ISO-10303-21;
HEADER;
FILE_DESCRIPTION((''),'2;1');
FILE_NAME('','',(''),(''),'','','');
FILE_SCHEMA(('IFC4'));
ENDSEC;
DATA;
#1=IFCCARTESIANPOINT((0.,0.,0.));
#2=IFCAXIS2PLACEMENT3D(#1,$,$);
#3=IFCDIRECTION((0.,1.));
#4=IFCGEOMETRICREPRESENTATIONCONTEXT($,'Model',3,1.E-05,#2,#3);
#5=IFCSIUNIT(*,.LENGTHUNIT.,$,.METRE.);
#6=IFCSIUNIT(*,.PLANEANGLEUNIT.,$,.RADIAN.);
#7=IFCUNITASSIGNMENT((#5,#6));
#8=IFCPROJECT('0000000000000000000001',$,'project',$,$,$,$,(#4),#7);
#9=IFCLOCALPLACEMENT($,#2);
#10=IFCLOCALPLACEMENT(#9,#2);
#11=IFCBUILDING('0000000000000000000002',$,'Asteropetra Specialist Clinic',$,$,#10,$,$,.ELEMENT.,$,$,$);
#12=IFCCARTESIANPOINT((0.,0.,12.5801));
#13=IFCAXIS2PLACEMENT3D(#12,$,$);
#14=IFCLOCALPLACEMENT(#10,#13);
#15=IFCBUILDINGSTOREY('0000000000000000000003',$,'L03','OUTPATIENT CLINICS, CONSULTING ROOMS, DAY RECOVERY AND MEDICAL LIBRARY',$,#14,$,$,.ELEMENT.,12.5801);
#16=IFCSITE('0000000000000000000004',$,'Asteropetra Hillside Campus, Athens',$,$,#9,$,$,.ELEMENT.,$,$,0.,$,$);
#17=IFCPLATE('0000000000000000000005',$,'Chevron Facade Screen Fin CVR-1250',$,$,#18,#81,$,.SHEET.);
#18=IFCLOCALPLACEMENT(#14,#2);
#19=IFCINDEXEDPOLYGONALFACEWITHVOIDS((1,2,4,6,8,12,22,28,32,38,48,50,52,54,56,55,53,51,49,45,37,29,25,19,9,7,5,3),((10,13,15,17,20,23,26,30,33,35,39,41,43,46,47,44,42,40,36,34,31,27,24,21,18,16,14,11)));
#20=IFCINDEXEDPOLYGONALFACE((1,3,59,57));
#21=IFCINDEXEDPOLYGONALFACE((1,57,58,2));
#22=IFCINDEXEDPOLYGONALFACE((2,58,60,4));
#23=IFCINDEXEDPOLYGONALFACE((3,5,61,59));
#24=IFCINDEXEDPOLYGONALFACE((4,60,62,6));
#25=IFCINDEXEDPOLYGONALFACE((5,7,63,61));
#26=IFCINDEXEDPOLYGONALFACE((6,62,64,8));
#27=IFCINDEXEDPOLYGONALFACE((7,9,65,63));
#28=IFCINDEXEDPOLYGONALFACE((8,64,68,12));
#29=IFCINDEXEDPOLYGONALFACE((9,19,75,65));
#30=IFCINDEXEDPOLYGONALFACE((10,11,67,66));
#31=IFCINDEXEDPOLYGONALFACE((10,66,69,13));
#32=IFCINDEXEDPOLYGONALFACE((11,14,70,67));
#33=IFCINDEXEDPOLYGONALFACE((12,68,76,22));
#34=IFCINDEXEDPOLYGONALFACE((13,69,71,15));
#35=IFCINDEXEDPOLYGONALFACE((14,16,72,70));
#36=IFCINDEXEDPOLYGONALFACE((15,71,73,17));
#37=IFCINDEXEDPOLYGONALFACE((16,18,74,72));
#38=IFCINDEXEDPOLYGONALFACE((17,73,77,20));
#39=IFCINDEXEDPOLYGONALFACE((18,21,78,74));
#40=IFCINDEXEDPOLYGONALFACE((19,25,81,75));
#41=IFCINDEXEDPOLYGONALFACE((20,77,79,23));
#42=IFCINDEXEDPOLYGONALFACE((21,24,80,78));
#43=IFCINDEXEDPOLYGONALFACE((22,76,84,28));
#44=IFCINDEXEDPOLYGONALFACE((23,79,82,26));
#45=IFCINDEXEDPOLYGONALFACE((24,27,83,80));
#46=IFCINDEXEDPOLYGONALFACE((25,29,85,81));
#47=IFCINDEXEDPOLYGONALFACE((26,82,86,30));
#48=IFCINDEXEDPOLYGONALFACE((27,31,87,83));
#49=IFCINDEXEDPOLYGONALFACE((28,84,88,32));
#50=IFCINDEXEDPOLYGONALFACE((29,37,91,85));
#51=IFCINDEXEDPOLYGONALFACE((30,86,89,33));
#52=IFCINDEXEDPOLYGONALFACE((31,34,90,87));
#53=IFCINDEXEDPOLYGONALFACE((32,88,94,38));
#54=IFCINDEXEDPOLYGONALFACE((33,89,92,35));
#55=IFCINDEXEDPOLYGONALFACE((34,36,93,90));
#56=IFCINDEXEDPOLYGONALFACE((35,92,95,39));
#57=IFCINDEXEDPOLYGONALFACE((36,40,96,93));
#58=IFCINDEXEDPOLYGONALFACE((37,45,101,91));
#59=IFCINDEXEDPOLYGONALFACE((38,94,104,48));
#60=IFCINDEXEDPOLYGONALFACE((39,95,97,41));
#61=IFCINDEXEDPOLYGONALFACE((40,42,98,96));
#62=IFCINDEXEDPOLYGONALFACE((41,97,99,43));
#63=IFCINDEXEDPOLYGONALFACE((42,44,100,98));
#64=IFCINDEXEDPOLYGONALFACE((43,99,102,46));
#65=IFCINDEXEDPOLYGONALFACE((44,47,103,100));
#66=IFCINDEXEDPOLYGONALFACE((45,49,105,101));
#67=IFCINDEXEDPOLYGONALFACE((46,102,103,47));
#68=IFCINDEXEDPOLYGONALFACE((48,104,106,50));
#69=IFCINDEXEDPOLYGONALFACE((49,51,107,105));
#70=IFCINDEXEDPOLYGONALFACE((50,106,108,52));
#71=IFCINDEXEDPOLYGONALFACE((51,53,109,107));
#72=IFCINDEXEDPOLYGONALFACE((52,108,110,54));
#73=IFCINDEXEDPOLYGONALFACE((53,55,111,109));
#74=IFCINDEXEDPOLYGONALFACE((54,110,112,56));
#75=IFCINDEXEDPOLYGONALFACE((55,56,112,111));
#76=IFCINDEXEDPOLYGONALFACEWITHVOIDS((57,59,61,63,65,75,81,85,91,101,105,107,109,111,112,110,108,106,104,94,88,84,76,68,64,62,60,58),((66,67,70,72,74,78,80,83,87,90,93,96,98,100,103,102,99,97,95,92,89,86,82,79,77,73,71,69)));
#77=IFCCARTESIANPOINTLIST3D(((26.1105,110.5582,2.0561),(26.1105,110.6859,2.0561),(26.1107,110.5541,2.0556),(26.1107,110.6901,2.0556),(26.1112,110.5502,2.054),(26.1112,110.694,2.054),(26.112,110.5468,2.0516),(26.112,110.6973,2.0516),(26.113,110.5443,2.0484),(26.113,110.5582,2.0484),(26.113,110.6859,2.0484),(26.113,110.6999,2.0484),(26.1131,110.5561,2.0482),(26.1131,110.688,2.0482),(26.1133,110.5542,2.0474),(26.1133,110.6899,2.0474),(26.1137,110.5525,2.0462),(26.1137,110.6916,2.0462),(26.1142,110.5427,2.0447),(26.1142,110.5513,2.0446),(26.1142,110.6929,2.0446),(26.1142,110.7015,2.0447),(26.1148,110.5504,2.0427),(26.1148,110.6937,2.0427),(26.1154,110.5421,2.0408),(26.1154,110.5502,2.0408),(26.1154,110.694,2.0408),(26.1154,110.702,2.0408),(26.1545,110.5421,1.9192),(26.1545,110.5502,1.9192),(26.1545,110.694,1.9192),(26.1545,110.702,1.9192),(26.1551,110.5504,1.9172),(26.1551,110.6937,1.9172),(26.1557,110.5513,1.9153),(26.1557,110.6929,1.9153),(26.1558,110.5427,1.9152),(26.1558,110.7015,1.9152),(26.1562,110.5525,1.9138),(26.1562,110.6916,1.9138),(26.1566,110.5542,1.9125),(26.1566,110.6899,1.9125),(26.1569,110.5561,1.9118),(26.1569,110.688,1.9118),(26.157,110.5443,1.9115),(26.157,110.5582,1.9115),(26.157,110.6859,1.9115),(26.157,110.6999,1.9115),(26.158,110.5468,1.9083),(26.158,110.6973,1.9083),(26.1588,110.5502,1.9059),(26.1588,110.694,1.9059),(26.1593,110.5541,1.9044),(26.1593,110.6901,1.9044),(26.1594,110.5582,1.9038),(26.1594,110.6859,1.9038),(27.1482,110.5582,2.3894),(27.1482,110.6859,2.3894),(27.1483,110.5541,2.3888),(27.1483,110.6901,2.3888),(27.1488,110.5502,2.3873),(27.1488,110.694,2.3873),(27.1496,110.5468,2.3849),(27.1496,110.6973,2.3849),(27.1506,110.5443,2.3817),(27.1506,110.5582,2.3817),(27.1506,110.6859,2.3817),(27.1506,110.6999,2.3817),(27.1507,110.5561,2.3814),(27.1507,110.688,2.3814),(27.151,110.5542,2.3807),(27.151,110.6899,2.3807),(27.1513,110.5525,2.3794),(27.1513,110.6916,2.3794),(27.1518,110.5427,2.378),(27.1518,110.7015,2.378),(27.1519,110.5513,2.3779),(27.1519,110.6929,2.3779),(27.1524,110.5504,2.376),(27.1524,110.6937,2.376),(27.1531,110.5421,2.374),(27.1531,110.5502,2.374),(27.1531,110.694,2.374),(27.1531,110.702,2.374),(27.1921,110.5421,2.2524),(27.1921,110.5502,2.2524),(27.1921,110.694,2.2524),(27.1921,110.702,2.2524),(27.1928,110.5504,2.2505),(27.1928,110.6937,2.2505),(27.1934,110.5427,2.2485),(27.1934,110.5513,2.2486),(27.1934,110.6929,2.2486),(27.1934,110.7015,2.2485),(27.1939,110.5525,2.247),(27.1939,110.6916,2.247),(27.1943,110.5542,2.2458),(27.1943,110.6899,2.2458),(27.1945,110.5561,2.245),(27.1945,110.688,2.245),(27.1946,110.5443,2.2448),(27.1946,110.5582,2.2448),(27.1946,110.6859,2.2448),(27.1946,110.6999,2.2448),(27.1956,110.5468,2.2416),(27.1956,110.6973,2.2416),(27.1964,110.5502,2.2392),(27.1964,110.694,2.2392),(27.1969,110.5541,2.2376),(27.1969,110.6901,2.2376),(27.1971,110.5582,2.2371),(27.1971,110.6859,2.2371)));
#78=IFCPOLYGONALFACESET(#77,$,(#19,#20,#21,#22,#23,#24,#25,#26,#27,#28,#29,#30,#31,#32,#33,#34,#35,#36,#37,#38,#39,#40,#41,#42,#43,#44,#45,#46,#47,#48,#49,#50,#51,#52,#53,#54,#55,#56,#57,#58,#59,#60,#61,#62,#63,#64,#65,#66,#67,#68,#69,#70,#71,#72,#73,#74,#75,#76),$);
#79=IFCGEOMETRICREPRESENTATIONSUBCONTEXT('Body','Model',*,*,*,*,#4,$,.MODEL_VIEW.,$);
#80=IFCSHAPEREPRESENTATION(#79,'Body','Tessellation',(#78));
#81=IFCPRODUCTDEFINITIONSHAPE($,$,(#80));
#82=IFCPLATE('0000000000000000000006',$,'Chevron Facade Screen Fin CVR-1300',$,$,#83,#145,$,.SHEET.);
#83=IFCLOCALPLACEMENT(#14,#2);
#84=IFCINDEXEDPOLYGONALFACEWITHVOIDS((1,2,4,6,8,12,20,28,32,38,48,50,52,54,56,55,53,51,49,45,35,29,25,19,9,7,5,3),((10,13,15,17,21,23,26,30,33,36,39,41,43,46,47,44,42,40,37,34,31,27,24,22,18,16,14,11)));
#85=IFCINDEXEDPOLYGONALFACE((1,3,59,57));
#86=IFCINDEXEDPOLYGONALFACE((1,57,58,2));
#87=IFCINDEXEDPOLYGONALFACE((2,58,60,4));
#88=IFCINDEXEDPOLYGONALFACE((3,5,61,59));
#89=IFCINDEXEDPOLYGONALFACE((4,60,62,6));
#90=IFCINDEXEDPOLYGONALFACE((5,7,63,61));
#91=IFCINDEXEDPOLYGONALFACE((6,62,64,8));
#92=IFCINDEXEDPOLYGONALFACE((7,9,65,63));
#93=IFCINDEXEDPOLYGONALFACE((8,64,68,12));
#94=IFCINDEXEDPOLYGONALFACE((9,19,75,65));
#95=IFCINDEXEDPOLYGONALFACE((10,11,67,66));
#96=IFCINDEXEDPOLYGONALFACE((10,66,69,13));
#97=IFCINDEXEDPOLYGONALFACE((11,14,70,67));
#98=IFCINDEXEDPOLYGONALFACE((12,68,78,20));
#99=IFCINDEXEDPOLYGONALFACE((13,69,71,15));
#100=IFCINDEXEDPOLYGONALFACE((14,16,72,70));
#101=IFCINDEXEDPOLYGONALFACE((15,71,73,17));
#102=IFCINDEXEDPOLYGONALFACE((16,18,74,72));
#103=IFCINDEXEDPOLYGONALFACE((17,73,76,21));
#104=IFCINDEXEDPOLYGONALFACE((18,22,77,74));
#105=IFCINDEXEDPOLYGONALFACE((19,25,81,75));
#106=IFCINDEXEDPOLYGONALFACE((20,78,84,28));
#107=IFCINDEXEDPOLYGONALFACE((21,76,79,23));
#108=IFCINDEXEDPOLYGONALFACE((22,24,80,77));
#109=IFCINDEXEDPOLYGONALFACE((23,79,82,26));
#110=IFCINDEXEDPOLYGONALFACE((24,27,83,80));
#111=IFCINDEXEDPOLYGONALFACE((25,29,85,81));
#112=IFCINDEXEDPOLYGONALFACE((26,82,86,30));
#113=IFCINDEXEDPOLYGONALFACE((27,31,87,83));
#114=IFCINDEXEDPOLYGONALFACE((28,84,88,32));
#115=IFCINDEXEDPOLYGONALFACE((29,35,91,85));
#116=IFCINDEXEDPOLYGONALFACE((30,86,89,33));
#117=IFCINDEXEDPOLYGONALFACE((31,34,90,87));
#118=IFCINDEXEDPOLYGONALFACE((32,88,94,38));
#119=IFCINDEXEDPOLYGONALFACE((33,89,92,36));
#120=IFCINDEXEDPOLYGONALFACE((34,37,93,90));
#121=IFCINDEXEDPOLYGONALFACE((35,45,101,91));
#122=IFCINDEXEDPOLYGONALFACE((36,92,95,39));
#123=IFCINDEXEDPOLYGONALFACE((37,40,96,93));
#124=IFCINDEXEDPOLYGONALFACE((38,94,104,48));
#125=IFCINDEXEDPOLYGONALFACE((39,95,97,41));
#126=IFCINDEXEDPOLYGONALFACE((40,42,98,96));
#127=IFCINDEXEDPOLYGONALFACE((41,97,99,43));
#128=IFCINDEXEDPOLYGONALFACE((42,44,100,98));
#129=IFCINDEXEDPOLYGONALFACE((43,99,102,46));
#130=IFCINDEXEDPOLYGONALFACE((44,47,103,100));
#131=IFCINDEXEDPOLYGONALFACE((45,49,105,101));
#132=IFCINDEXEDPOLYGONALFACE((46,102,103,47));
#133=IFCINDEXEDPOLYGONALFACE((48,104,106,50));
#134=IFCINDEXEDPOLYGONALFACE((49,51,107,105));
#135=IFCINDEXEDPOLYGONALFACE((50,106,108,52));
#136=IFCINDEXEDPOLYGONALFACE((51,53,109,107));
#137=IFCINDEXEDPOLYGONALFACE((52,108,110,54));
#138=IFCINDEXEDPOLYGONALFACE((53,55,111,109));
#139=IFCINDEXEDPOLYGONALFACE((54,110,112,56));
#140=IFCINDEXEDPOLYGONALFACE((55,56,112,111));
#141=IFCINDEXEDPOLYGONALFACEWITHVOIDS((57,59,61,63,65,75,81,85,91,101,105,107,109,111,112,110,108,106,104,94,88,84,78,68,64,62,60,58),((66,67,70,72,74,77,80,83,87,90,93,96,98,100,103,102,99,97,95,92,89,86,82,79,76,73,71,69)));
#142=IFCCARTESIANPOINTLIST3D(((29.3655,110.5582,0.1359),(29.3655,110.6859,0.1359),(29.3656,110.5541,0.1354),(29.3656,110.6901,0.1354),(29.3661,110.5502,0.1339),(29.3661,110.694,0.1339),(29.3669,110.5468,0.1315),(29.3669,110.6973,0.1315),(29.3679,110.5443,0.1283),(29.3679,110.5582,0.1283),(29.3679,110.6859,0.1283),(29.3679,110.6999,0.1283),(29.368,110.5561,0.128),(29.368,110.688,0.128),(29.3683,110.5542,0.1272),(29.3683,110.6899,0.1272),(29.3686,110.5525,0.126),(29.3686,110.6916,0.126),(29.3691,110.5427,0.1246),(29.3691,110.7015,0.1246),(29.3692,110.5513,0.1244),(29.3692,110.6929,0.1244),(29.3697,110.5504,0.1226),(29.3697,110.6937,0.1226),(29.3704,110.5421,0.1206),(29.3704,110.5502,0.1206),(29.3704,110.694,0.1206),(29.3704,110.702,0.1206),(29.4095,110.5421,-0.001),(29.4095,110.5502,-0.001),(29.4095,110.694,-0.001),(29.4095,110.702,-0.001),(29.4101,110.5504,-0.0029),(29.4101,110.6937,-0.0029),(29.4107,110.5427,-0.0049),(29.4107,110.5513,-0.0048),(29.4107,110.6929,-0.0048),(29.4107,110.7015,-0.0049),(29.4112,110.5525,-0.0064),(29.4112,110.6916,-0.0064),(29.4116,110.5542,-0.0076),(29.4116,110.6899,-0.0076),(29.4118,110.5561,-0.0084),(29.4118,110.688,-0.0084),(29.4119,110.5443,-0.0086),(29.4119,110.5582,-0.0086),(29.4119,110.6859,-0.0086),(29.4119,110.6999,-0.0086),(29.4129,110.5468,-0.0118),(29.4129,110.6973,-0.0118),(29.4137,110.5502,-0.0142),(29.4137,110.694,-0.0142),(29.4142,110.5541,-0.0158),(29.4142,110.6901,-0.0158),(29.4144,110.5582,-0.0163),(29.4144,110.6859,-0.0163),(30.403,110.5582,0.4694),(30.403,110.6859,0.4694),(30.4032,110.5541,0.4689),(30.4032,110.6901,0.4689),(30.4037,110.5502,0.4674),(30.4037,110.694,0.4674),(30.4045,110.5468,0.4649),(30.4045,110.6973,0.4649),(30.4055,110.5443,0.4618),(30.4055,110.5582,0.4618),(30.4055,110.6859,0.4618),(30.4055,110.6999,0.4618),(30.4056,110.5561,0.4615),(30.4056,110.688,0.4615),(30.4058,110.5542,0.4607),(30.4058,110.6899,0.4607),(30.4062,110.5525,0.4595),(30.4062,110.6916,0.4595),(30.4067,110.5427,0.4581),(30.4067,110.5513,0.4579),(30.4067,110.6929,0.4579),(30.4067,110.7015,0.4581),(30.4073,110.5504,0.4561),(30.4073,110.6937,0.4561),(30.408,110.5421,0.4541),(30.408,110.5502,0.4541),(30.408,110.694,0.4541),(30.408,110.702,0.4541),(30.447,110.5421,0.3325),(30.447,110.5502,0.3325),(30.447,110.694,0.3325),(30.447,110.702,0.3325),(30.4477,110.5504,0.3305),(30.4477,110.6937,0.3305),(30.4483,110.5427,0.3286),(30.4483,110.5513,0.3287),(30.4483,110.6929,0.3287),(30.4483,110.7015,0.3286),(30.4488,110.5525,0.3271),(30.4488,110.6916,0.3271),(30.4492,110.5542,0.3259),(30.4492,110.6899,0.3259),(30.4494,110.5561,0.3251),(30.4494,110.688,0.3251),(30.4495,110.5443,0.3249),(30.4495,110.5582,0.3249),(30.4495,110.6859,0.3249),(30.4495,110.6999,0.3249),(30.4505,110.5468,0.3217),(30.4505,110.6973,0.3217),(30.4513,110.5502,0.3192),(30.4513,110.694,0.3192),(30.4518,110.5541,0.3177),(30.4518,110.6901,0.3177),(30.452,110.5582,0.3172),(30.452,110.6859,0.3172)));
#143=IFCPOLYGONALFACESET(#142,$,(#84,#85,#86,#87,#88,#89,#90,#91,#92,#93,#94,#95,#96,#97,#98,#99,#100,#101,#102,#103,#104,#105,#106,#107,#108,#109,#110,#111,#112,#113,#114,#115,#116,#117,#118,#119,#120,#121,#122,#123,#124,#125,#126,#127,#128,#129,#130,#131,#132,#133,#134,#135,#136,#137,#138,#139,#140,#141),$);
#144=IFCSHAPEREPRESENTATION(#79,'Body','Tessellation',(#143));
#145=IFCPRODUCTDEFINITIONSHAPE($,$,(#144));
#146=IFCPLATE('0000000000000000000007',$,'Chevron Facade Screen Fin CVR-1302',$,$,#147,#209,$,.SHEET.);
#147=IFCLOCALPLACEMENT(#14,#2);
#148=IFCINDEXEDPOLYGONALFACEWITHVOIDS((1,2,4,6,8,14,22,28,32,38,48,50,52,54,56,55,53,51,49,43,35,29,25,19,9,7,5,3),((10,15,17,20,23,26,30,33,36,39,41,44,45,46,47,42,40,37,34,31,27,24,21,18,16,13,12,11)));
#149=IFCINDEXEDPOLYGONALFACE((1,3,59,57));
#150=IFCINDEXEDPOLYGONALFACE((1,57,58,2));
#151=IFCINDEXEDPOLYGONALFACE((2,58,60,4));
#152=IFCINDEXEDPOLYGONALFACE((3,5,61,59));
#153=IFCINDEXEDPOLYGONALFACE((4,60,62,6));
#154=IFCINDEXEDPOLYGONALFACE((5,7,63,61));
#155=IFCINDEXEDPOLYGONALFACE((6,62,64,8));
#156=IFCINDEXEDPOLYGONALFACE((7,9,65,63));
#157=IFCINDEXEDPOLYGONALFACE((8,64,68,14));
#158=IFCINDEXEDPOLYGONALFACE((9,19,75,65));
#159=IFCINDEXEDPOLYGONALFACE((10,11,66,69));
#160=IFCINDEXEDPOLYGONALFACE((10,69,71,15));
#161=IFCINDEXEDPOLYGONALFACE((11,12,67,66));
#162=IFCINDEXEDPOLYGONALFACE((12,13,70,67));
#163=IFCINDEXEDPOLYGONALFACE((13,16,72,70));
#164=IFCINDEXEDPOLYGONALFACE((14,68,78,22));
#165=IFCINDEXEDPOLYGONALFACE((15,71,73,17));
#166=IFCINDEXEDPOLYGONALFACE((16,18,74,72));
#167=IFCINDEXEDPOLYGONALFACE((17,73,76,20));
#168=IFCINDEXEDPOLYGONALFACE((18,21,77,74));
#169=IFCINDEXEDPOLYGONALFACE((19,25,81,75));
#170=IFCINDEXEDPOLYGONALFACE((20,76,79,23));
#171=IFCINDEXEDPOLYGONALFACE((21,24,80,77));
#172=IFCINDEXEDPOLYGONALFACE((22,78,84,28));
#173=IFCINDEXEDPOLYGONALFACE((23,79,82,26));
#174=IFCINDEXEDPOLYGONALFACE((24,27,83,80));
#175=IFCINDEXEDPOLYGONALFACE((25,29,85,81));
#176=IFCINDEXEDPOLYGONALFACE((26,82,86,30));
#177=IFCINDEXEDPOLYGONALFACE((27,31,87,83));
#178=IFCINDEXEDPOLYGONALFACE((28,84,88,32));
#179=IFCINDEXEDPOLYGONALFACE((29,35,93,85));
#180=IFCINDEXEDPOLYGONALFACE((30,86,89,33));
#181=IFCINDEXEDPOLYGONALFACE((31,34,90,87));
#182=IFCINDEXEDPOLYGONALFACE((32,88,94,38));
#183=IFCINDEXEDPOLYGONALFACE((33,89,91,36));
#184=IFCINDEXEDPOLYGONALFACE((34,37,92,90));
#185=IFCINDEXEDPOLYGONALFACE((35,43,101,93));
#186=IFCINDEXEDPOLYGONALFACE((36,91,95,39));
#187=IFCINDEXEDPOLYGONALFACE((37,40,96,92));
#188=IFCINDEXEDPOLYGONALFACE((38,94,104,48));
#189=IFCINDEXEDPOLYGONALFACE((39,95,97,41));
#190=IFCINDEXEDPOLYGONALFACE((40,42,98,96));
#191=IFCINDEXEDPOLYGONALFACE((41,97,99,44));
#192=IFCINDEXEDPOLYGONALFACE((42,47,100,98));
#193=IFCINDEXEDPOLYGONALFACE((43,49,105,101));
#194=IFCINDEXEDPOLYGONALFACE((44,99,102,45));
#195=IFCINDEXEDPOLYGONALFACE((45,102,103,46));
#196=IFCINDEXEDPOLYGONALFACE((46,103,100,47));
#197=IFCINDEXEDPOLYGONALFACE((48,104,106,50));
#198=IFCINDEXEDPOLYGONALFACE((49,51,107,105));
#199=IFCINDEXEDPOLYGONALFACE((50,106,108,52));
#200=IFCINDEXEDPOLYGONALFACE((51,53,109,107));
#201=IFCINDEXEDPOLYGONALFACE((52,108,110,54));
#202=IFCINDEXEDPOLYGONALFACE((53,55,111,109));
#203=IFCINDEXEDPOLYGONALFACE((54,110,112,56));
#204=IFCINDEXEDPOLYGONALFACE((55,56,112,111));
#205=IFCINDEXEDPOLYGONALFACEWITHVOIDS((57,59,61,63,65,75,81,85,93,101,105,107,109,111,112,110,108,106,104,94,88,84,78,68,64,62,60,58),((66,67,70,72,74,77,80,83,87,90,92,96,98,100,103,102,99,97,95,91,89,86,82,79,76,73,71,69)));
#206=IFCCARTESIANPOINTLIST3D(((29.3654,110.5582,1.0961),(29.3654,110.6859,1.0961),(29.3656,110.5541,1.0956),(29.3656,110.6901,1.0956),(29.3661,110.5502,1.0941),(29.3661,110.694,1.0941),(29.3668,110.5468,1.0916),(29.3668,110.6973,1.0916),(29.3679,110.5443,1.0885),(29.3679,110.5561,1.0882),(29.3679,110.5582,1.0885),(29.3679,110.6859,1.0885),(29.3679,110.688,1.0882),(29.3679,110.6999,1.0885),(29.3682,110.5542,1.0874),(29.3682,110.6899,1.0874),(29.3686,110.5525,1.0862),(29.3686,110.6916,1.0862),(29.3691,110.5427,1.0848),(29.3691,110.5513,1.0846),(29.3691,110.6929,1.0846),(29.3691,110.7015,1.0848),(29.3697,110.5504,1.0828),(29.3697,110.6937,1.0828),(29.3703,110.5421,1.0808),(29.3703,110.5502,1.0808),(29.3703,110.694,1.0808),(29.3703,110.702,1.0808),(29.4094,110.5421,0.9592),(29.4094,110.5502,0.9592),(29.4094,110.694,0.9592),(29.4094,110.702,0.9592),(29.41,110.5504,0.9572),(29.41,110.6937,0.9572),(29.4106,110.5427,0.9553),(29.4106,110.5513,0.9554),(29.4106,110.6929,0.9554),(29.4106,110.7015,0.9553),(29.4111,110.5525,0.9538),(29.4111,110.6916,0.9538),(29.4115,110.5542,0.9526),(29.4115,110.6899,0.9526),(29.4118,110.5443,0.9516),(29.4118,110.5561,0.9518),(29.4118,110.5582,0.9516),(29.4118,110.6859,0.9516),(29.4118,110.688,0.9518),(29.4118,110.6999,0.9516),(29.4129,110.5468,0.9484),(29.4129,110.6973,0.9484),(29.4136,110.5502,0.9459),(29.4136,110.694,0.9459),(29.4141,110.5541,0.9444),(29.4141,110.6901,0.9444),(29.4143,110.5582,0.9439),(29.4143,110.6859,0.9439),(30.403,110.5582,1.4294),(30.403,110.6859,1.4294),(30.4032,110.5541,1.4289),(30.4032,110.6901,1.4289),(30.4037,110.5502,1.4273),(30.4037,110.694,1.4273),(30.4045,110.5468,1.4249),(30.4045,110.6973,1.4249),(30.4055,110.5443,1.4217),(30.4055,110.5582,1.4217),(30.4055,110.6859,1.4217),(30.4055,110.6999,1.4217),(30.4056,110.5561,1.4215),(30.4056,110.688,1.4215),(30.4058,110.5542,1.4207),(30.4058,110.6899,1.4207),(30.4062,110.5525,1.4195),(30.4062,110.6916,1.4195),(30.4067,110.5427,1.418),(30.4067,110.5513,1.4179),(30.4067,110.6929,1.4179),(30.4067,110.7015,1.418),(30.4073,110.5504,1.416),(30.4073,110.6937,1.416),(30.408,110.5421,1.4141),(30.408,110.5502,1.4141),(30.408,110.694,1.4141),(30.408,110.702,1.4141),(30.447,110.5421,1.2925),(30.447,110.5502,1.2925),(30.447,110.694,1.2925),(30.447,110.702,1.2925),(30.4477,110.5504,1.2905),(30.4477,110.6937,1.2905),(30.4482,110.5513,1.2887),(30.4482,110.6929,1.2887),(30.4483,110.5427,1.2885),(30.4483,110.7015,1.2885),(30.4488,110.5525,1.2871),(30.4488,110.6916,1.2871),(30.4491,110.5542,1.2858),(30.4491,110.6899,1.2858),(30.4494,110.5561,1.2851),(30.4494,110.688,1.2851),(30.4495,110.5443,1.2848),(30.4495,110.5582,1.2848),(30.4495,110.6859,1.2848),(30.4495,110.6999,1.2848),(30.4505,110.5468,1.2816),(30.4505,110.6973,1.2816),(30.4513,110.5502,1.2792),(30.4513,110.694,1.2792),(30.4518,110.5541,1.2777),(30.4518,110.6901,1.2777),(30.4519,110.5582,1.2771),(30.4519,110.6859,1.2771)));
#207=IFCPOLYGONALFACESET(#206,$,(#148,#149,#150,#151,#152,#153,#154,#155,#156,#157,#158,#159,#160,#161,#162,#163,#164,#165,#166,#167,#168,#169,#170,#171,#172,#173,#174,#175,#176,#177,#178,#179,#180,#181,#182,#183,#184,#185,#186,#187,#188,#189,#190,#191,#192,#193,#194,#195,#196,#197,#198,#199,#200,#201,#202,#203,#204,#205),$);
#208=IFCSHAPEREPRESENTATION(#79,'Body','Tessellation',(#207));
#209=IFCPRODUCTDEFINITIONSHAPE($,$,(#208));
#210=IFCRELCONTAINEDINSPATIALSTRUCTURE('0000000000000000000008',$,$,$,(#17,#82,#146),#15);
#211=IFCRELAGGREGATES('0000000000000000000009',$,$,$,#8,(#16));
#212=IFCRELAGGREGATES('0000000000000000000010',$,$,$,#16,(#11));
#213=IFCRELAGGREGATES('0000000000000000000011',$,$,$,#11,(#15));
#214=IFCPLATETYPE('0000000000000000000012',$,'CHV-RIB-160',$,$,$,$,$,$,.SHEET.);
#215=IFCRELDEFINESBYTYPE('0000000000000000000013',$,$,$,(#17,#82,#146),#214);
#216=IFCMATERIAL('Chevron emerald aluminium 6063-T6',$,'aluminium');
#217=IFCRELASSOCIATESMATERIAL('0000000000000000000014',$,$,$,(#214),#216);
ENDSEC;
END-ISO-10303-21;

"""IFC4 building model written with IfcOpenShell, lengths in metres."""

from ifc_helpers import new_model, si_unit, direction, frame, origin, origin_2d, place, context, subcontext, project, spatial, hollow_rectangle, extrude, material, material_profile, profile_set, type_object, element, save


model = new_model("IFC4")

# Units and contexts
model_context = context("Model", 3, precision=1e-05, world=origin(), true_north=direction((0.0, 1.0)))
body_context = subcontext(model_context, "Body", "Model", "MODEL_VIEW")
ifc_project = project(units=[si_unit("LENGTHUNIT", "METRE"), si_unit("PLANEANGLEUNIT", "RADIAN")], contexts=[model_context])

# Site, building, storey
site_placement = place(None, origin())
site = spatial("IfcSite", under=ifc_project, at=site_placement, Name="Asteropetra Hillside Campus, Athens", CompositionType="ELEMENT", RefElevation=0.0)
building_placement = place(site_placement, origin())
building = spatial("IfcBuilding", under=site, at=building_placement, Name="Asteropetra Specialist Clinic", CompositionType="ELEMENT")
storey_placement = place(building_placement, frame((0.0, 0.0, 12.5801)))
storey = spatial("IfcBuildingStorey", under=building, at=storey_placement, Name="L03", Description="OUTPATIENT CLINICS, CONSULTING ROOMS, DAY RECOVERY AND MEDICAL LIBRARY", CompositionType="ELEMENT", Elevation=12.5801)

# Plates
ifc_material_1 = material(Name="Chevron emerald aluminium 6063-T6", Category="aluminium")
ifc_material_profile = material_profile(ifc_material_1, hollow_rectangle(XDim=0.1599, YDim=0.1599, WallThickness=0.0081, InnerFilletRadius=0.0081, OuterFilletRadius=0.0161, at=origin_2d()), Name="SHS 160x160x8.0")
ifc_profile_set = profile_set([ifc_material_profile], Name="Chevron emerald aluminium 6063-T6")
plate_type_1 = type_object("IfcPlateType", Name="CHV-RIB-160", PredefinedType="SHEET", material=ifc_profile_set)
for number, where, z_axis, x_axis, name in (
    (1, (27.1726, 110.6221, 2.3132), (-0.952098, 0.0, -0.305792), (0.0, -1.0, 0.0), "Chevron Facade Screen Fin CVR-1250"),
    (2, (30.4275, 110.6221, 0.3933), (-0.952033, 0.0, -0.305995), (0.0, -1.0, 0.0), "Chevron Facade Screen Fin CVR-1300"),
    (3, (30.4275, 110.6221, 1.3533), (-0.952098, 0.0, -0.305792), (0.0, -1.0, 0.0), "Chevron Facade Screen Fin CVR-1302"),
):
    element("IfcPlate", number, at=place(storey_placement, frame(where, z_axis=z_axis, x_axis=x_axis)), inside=storey, type_object=plate_type_1, Name=name, PredefinedType="SHEET", context=body_context, shape_type="SweptSolid", body=[
        extrude(hollow_rectangle(XDim=0.1599, YDim=0.1599, WallThickness=0.0081, InnerFilletRadius=0.0081, OuterFilletRadius=0.0161, at=origin_2d()), origin(), (0.0, 0.0, 1.0), 1.0898),
    ])

save(model, "model.ifc")
